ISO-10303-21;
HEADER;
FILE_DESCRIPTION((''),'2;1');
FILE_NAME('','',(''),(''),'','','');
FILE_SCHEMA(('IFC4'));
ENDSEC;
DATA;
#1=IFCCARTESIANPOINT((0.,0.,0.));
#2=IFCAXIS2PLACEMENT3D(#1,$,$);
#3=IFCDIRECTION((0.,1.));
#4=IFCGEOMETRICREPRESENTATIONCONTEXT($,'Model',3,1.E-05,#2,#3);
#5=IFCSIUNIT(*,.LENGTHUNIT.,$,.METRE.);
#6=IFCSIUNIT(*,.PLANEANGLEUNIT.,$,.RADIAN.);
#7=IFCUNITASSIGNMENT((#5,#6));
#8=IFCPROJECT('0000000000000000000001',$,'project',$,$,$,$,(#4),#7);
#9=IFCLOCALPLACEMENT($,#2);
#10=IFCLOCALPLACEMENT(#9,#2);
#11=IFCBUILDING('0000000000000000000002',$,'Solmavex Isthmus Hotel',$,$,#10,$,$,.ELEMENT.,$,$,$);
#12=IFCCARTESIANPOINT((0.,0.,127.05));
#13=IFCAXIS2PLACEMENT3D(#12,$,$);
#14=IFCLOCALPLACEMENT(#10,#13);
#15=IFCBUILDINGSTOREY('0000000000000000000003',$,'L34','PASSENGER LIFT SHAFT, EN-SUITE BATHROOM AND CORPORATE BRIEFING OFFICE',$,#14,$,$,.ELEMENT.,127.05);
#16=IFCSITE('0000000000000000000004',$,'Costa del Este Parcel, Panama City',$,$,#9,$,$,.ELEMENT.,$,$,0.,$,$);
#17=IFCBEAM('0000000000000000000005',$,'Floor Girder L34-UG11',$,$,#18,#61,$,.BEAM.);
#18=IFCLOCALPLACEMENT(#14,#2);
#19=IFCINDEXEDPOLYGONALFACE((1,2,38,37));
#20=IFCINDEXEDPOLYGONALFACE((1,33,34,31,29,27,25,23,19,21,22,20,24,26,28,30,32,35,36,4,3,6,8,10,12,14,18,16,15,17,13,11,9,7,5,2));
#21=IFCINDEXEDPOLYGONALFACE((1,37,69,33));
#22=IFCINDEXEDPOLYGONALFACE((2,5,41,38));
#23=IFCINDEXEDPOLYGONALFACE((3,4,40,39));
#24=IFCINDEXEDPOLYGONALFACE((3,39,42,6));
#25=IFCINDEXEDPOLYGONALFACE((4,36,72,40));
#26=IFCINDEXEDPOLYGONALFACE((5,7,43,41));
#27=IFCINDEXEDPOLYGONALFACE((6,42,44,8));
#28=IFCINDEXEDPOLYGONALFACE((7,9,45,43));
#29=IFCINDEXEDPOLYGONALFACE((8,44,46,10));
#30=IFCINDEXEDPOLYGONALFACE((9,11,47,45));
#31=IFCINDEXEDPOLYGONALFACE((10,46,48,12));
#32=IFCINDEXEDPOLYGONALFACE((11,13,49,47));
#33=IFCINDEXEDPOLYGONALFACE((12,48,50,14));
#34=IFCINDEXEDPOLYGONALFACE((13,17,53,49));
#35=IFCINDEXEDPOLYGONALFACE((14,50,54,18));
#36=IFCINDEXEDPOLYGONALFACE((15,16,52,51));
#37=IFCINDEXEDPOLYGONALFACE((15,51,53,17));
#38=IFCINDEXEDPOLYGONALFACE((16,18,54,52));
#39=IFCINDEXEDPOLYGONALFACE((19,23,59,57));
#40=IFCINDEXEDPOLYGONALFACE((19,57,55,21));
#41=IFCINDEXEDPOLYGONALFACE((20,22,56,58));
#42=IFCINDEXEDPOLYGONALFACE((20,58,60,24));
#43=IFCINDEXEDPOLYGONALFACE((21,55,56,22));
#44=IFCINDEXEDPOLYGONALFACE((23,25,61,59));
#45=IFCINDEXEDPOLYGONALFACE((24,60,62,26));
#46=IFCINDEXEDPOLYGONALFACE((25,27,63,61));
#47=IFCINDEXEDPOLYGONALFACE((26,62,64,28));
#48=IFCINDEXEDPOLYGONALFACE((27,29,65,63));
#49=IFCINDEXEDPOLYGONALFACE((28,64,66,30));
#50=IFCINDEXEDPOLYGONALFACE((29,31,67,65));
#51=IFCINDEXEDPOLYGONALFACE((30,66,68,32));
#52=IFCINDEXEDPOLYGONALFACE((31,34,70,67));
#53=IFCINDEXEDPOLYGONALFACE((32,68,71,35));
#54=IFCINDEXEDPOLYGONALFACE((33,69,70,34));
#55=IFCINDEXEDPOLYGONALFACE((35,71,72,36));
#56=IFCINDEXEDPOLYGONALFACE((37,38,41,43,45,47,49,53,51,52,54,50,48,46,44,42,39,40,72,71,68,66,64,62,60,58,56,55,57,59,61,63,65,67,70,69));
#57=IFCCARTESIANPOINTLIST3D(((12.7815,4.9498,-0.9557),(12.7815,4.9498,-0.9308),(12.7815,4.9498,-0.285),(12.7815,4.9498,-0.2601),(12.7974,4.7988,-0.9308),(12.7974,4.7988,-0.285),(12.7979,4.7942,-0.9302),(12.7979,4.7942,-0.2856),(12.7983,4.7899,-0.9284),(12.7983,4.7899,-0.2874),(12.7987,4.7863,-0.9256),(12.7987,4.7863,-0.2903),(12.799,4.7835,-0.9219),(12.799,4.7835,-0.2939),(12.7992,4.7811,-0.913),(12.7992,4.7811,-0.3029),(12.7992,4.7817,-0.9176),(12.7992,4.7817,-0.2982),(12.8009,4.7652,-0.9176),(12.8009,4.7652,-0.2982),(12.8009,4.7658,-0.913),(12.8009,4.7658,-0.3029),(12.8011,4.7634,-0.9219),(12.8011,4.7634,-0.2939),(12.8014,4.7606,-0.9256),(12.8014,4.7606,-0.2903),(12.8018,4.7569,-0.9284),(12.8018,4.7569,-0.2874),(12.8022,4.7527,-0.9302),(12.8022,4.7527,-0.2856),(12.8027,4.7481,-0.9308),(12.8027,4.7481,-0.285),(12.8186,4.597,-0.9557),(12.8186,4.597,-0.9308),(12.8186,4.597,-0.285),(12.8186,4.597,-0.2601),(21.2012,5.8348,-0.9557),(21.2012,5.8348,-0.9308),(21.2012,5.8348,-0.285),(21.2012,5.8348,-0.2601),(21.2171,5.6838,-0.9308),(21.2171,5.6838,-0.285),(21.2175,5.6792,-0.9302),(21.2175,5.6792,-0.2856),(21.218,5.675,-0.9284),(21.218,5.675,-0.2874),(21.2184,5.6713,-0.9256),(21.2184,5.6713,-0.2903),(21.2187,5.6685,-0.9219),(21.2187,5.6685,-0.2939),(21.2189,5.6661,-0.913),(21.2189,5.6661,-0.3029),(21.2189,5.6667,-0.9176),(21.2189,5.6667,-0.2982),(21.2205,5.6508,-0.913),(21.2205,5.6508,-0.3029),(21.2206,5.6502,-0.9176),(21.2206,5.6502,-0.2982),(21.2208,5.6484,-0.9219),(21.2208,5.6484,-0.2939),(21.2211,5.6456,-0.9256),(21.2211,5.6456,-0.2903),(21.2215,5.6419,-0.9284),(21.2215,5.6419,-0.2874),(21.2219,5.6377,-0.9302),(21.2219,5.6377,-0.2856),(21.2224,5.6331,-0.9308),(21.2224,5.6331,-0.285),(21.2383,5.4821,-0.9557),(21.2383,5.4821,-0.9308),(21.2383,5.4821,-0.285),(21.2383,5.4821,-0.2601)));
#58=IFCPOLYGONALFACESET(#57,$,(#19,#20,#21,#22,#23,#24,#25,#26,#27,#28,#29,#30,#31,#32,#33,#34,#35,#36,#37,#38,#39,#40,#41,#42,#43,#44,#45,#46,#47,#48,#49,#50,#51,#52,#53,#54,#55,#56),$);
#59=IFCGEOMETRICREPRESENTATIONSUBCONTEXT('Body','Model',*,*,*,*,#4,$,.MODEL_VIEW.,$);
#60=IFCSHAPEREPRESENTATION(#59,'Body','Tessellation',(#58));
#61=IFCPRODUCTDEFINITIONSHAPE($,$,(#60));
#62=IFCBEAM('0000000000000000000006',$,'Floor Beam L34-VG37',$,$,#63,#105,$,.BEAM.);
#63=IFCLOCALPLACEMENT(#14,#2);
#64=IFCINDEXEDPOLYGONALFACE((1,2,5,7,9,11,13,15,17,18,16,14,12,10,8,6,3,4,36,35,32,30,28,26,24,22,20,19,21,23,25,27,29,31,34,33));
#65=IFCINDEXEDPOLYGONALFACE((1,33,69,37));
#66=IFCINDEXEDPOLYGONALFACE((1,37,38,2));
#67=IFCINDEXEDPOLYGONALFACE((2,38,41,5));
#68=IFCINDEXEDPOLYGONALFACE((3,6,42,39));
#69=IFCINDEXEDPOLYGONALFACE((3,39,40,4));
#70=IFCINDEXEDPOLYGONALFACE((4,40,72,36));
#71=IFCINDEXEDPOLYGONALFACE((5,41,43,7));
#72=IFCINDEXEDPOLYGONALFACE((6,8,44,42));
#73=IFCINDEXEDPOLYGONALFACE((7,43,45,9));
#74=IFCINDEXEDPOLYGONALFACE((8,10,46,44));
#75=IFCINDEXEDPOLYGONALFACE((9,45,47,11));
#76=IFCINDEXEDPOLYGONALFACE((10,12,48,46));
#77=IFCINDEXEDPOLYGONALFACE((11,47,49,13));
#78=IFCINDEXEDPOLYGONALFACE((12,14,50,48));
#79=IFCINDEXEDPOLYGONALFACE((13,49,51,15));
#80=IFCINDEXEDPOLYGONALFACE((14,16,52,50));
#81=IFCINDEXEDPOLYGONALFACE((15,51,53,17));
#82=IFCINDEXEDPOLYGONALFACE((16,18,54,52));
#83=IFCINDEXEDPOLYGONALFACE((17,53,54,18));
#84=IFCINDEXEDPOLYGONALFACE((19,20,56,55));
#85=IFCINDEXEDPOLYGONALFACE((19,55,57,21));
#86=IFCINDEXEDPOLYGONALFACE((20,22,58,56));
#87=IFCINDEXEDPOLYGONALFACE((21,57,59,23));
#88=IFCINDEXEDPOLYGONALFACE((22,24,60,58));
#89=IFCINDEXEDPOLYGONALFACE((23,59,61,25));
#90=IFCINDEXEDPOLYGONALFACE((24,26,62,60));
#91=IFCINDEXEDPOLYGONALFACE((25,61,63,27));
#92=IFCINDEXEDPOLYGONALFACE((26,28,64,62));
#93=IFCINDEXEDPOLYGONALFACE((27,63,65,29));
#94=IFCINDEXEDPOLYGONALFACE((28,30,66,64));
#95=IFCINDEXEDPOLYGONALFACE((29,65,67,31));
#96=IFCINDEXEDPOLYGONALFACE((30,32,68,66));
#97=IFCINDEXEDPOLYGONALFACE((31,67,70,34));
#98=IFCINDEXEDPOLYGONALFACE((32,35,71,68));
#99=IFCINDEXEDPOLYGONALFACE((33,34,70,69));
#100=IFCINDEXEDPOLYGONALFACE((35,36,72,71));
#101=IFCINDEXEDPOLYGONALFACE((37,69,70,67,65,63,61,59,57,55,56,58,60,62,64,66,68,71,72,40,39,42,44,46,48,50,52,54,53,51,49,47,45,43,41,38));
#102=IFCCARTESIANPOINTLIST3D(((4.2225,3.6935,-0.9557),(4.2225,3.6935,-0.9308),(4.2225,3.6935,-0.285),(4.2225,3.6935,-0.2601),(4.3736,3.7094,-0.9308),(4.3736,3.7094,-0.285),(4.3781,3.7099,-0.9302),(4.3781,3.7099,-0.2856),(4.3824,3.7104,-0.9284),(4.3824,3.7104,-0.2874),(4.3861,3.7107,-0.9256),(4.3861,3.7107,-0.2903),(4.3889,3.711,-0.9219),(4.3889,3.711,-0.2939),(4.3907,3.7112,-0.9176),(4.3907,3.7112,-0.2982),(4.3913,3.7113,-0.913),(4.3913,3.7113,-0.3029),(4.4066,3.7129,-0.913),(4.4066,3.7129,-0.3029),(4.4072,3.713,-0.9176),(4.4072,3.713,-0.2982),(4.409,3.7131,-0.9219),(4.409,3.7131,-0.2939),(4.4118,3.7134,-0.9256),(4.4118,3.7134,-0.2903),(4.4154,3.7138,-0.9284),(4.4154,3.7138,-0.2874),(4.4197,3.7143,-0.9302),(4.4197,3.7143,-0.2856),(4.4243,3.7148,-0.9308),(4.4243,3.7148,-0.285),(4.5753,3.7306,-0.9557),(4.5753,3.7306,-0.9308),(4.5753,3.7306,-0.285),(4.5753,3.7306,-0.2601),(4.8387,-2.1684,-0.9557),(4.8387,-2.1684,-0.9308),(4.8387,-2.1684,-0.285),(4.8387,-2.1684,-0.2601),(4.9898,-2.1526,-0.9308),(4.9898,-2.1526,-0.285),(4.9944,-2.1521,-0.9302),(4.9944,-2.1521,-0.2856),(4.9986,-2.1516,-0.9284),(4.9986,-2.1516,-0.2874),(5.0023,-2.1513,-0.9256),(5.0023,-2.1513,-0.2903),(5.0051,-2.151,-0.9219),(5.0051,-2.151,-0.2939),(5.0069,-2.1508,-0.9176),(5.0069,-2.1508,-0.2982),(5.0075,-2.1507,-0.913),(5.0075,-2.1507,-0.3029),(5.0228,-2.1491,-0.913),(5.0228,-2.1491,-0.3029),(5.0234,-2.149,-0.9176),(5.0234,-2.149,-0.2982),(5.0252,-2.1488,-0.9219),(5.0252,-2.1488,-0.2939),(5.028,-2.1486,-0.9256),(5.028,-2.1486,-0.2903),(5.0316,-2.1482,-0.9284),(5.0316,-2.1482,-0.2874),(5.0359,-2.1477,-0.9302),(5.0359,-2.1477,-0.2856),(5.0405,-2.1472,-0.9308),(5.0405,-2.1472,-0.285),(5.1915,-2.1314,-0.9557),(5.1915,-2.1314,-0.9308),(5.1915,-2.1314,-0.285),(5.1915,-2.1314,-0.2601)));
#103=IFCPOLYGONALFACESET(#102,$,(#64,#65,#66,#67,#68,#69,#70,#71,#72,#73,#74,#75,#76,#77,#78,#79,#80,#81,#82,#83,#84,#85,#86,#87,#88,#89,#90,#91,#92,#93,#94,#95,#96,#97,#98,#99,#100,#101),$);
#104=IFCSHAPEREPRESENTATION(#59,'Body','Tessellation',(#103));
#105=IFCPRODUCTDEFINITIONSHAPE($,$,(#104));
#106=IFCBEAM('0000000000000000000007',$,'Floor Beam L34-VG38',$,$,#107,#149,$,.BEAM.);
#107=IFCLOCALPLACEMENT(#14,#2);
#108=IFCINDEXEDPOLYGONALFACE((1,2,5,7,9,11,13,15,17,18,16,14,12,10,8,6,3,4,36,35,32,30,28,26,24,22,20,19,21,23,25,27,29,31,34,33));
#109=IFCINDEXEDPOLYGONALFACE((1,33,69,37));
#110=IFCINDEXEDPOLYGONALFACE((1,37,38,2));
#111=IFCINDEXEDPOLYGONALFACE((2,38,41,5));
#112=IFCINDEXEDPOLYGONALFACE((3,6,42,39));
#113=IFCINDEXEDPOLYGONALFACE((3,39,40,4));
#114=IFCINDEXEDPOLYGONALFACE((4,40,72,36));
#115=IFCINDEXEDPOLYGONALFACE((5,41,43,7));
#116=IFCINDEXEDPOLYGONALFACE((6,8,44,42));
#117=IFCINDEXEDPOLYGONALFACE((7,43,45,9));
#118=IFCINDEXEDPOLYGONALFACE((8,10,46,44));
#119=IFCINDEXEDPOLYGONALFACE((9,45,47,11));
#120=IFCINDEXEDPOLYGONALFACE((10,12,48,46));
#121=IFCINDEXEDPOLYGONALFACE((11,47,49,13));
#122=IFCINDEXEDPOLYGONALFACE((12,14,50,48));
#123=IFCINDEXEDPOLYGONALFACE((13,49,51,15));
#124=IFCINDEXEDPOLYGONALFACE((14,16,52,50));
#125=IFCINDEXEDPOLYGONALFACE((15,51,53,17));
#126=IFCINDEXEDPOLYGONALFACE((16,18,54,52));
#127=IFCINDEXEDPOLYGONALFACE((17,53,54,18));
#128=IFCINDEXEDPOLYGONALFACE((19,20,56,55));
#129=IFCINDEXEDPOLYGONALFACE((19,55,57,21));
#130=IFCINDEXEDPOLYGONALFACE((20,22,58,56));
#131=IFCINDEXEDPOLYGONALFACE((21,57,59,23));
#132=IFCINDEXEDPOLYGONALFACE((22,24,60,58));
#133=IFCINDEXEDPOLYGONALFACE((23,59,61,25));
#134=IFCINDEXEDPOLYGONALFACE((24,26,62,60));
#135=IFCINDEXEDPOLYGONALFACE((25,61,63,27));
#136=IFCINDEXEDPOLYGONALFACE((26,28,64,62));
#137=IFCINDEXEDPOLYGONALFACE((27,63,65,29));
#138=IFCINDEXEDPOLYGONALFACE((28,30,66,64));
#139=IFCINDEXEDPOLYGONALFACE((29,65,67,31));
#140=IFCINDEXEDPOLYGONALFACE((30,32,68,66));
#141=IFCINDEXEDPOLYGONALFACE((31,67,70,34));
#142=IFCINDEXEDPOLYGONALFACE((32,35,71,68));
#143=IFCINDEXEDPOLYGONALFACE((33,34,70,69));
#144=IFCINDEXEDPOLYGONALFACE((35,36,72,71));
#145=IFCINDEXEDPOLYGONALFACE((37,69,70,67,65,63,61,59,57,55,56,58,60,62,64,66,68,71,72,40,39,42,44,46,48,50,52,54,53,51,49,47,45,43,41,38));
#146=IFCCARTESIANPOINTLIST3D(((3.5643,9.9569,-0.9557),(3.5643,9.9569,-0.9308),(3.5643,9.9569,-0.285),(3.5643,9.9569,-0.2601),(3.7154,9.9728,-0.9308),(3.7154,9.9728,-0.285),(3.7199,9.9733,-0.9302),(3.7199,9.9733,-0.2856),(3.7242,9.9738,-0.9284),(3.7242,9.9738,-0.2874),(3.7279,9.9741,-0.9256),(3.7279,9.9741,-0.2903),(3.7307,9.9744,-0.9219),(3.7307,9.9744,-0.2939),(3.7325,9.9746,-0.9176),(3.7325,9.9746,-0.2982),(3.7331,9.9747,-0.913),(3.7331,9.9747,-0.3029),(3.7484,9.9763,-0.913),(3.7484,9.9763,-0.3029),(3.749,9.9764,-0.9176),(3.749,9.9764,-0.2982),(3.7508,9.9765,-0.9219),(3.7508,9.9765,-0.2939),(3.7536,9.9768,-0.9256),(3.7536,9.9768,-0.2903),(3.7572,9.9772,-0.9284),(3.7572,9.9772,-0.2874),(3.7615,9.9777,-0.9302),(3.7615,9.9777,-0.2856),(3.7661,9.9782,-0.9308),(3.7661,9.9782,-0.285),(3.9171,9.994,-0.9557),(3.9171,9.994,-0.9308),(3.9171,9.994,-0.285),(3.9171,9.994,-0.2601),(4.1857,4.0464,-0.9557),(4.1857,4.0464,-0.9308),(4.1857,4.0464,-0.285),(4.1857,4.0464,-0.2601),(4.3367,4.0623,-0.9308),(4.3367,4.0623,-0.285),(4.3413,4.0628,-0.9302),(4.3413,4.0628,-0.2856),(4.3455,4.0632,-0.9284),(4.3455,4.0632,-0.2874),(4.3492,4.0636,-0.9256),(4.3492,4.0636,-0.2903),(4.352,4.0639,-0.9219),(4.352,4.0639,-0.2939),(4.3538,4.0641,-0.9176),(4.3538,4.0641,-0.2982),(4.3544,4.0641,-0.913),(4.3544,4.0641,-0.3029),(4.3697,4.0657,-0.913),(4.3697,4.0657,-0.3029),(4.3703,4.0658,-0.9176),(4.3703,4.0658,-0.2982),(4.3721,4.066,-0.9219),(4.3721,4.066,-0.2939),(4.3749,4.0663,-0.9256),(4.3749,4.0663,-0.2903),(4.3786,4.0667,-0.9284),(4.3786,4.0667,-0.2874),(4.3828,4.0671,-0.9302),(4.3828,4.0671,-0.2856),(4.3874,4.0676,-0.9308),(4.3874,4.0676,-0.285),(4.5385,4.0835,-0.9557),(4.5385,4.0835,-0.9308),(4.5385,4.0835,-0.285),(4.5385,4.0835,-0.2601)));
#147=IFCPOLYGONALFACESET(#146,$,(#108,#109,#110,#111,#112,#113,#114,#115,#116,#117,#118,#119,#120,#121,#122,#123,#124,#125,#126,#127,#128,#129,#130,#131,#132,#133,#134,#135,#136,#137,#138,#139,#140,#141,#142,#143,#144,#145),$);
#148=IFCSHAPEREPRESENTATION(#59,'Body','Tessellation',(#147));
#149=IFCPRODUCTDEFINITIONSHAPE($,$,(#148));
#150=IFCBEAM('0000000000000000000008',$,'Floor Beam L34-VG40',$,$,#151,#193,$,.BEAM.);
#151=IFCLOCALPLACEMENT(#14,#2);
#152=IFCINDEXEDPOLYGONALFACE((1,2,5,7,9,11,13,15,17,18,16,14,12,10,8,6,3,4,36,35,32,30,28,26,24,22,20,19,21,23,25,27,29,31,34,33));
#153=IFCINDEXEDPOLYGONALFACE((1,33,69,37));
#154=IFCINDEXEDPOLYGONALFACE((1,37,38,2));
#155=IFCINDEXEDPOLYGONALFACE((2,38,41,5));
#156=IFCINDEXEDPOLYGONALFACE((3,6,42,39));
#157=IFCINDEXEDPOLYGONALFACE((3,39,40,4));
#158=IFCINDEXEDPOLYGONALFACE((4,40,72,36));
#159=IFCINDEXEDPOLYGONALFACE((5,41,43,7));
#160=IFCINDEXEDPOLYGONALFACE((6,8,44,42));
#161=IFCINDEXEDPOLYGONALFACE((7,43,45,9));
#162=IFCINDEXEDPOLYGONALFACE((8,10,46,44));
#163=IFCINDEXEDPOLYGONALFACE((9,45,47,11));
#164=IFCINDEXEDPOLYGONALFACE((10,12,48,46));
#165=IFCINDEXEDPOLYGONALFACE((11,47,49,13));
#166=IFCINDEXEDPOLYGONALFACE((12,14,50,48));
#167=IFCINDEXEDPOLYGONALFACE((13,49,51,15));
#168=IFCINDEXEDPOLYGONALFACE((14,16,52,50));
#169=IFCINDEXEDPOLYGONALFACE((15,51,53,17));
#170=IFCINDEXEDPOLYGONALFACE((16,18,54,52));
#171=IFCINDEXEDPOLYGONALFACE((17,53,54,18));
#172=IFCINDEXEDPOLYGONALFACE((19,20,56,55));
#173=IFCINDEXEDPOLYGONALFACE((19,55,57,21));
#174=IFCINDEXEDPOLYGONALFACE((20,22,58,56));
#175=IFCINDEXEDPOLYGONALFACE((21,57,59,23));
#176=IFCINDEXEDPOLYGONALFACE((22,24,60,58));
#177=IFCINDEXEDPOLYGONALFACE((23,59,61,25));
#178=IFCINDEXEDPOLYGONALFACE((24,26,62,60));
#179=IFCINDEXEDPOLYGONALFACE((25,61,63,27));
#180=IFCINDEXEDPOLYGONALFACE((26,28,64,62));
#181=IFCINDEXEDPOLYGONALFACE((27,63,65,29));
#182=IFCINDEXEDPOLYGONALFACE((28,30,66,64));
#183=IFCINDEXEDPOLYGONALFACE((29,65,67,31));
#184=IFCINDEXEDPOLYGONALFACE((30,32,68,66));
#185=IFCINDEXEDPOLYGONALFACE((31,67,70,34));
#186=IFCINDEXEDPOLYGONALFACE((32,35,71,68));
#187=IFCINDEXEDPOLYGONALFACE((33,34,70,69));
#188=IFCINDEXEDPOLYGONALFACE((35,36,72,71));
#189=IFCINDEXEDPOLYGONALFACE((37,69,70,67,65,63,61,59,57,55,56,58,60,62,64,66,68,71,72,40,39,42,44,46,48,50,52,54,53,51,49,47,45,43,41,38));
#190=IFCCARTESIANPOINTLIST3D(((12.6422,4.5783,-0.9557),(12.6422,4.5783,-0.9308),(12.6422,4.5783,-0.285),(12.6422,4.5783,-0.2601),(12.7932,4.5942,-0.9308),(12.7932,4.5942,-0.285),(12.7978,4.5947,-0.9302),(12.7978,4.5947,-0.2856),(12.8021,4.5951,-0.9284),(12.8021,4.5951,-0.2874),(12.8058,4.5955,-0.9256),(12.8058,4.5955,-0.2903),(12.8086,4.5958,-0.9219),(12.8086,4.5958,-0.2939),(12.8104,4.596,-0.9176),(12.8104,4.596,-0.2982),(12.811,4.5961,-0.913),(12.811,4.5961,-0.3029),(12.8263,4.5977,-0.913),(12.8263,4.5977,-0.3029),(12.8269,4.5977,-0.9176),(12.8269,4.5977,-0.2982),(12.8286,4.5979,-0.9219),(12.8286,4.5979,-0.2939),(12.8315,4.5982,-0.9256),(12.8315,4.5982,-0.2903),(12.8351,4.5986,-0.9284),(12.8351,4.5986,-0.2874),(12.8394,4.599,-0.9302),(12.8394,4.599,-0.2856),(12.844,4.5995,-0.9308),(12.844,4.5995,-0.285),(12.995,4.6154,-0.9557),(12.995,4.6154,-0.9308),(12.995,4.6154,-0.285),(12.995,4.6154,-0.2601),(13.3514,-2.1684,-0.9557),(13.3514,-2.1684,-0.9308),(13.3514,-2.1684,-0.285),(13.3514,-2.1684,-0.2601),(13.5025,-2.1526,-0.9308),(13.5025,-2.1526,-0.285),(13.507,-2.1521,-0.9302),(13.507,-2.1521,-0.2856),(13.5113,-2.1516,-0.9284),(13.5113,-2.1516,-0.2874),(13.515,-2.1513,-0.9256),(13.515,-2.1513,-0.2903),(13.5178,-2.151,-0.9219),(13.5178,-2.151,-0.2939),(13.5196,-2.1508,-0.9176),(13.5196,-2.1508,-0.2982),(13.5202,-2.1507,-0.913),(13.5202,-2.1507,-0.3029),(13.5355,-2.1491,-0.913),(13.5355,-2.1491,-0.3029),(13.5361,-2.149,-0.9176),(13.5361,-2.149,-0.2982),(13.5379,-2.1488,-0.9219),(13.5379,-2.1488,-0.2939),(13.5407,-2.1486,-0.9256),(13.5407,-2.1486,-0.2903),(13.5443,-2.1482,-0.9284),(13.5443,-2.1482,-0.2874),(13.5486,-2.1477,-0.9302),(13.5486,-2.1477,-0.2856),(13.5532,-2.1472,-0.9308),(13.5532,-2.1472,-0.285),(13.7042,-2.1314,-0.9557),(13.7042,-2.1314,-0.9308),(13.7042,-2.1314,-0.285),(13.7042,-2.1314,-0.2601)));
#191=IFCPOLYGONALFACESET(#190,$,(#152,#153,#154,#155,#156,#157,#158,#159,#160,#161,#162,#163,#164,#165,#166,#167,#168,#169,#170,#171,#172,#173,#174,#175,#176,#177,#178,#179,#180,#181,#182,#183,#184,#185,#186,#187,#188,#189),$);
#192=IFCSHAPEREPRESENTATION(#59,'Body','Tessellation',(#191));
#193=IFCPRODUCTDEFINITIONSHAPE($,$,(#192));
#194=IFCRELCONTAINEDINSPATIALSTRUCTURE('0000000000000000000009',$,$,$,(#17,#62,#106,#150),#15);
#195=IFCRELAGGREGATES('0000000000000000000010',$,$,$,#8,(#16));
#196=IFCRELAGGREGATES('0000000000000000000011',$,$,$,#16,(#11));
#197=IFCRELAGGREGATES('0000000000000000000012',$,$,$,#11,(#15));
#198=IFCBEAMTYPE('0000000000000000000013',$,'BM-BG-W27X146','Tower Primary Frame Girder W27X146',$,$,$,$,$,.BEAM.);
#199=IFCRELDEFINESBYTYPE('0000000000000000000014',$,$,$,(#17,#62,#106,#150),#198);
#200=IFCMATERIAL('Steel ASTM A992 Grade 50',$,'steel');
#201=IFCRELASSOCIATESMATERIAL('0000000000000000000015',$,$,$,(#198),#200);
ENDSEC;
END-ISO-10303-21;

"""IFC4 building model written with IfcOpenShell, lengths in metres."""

from ifc_helpers import new_model, si_unit, direction, frame, origin, origin_2d, place, context, subcontext, project, spatial, i_section, extrude, material, material_profile, profile_set, type_object, element, save


model = new_model("IFC4")

# Units and contexts
model_context = context("Model", 3, precision=1e-05, world=origin(), true_north=direction((0.0, 1.0)))
body_context = subcontext(model_context, "Body", "Model", "MODEL_VIEW")
ifc_project = project(units=[si_unit("LENGTHUNIT", "METRE"), si_unit("PLANEANGLEUNIT", "RADIAN")], contexts=[model_context])

# Site, building, storey
site_placement = place(None, origin())
site = spatial("IfcSite", under=ifc_project, at=site_placement, Name="Costa del Este Parcel, Panama City", CompositionType="ELEMENT", RefElevation=0.0)
building_placement = place(site_placement, origin())
building = spatial("IfcBuilding", under=site, at=building_placement, Name="Solmavex Isthmus Hotel", CompositionType="ELEMENT")
storey_placement = place(building_placement, frame((0.0, 0.0, 127.05)))
storey = spatial("IfcBuildingStorey", under=building, at=storey_placement, Name="L34", Description="PASSENGER LIFT SHAFT, EN-SUITE BATHROOM AND CORPORATE BRIEFING OFFICE", CompositionType="ELEMENT", Elevation=127.05)

# Beams
ifc_material_1 = material(Name="Steel ASTM A992 Grade 50", Category="steel")
ifc_material_profile_1 = material_profile(ifc_material_1, i_section(OverallWidth=0.3547, OverallDepth=0.6956, WebThickness=0.0154, FlangeThickness=0.0249, FilletRadius=0.0178, at=origin_2d()), Name="W27X146")
ifc_profile_set_1 = profile_set([ifc_material_profile_1], Name="Steel ASTM A992 Grade 50")
beam_type_1 = type_object("IfcBeamType", Name="BM-BG-W27X146", Description="Tower Primary Frame Girder W27X146", PredefinedType="BEAM", material=ifc_profile_set_1)
for number, where, z_axis, x_axis, name in (
    (1, (12.8, 4.7734, -0.6079), (0.994521, 0.104536, 0.0), (-0.104536, 0.994521, 0.0), "Floor Girder L34-UG11"),
):
    element("IfcBeam", number, at=place(storey_placement, frame(where, z_axis=z_axis, x_axis=x_axis)), inside=storey, type_object=beam_type_1, Name=name, PredefinedType="BEAM", context=body_context, shape_type="SweptSolid", body=[
        extrude(i_section(OverallWidth=0.3547, OverallDepth=0.6956, WebThickness=0.0154, FlangeThickness=0.0249, FilletRadius=0.0178, at=origin_2d()), origin(), (0.0, 0.0, 1.0), 8.4661),
    ])
beam_1_placement = place(storey_placement, frame((5.0151, -2.1499, -0.6079), z_axis=(-0.104542, 0.99452, 0.0), x_axis=(-0.99452, -0.104542, 0.0)))
element("IfcBeam", 2, at=beam_1_placement, inside=storey, type_object=beam_type_1, Name="Floor Beam L34-VG37", PredefinedType="BEAM", context=body_context, shape_type="SweptSolid", body=[
    extrude(i_section(OverallWidth=0.3547, OverallDepth=0.6956, WebThickness=0.0154, FlangeThickness=0.0249, FilletRadius=0.0178, at=origin_2d()), origin(), (0.0, 0.0, 1.0), 5.8943),
])
beam_2_placement = place(storey_placement, frame((4.3621, 4.0649, -0.6079), z_axis=(-0.104546, 0.99452, 0.0), x_axis=(-0.99452, -0.104546, 0.0)))
element("IfcBeam", 3, at=beam_2_placement, inside=storey, type_object=beam_type_1, Name="Floor Beam L34-VG38", PredefinedType="BEAM", context=body_context, shape_type="SweptSolid", body=[
    extrude(i_section(OverallWidth=0.3547, OverallDepth=0.6956, WebThickness=0.0154, FlangeThickness=0.0249, FilletRadius=0.0178, at=origin_2d()), origin(), (0.0, 0.0, 1.0), 5.9431),
])
beam_3_placement = place(storey_placement, frame((13.5278, -2.1499, -0.6079), z_axis=(-0.104544, 0.99452, 0.0), x_axis=(-0.99452, -0.104544, 0.0)))
element("IfcBeam", 4, at=beam_3_placement, inside=storey, type_object=beam_type_1, Name="Floor Beam L34-VG40", PredefinedType="BEAM", context=body_context, shape_type="SweptSolid", body=[
    extrude(i_section(OverallWidth=0.3547, OverallDepth=0.6956, WebThickness=0.0154, FlangeThickness=0.0249, FilletRadius=0.0178, at=origin_2d()), origin(), (0.0, 0.0, 1.0), 6.7839),
])

save(model, "model.ifc")
